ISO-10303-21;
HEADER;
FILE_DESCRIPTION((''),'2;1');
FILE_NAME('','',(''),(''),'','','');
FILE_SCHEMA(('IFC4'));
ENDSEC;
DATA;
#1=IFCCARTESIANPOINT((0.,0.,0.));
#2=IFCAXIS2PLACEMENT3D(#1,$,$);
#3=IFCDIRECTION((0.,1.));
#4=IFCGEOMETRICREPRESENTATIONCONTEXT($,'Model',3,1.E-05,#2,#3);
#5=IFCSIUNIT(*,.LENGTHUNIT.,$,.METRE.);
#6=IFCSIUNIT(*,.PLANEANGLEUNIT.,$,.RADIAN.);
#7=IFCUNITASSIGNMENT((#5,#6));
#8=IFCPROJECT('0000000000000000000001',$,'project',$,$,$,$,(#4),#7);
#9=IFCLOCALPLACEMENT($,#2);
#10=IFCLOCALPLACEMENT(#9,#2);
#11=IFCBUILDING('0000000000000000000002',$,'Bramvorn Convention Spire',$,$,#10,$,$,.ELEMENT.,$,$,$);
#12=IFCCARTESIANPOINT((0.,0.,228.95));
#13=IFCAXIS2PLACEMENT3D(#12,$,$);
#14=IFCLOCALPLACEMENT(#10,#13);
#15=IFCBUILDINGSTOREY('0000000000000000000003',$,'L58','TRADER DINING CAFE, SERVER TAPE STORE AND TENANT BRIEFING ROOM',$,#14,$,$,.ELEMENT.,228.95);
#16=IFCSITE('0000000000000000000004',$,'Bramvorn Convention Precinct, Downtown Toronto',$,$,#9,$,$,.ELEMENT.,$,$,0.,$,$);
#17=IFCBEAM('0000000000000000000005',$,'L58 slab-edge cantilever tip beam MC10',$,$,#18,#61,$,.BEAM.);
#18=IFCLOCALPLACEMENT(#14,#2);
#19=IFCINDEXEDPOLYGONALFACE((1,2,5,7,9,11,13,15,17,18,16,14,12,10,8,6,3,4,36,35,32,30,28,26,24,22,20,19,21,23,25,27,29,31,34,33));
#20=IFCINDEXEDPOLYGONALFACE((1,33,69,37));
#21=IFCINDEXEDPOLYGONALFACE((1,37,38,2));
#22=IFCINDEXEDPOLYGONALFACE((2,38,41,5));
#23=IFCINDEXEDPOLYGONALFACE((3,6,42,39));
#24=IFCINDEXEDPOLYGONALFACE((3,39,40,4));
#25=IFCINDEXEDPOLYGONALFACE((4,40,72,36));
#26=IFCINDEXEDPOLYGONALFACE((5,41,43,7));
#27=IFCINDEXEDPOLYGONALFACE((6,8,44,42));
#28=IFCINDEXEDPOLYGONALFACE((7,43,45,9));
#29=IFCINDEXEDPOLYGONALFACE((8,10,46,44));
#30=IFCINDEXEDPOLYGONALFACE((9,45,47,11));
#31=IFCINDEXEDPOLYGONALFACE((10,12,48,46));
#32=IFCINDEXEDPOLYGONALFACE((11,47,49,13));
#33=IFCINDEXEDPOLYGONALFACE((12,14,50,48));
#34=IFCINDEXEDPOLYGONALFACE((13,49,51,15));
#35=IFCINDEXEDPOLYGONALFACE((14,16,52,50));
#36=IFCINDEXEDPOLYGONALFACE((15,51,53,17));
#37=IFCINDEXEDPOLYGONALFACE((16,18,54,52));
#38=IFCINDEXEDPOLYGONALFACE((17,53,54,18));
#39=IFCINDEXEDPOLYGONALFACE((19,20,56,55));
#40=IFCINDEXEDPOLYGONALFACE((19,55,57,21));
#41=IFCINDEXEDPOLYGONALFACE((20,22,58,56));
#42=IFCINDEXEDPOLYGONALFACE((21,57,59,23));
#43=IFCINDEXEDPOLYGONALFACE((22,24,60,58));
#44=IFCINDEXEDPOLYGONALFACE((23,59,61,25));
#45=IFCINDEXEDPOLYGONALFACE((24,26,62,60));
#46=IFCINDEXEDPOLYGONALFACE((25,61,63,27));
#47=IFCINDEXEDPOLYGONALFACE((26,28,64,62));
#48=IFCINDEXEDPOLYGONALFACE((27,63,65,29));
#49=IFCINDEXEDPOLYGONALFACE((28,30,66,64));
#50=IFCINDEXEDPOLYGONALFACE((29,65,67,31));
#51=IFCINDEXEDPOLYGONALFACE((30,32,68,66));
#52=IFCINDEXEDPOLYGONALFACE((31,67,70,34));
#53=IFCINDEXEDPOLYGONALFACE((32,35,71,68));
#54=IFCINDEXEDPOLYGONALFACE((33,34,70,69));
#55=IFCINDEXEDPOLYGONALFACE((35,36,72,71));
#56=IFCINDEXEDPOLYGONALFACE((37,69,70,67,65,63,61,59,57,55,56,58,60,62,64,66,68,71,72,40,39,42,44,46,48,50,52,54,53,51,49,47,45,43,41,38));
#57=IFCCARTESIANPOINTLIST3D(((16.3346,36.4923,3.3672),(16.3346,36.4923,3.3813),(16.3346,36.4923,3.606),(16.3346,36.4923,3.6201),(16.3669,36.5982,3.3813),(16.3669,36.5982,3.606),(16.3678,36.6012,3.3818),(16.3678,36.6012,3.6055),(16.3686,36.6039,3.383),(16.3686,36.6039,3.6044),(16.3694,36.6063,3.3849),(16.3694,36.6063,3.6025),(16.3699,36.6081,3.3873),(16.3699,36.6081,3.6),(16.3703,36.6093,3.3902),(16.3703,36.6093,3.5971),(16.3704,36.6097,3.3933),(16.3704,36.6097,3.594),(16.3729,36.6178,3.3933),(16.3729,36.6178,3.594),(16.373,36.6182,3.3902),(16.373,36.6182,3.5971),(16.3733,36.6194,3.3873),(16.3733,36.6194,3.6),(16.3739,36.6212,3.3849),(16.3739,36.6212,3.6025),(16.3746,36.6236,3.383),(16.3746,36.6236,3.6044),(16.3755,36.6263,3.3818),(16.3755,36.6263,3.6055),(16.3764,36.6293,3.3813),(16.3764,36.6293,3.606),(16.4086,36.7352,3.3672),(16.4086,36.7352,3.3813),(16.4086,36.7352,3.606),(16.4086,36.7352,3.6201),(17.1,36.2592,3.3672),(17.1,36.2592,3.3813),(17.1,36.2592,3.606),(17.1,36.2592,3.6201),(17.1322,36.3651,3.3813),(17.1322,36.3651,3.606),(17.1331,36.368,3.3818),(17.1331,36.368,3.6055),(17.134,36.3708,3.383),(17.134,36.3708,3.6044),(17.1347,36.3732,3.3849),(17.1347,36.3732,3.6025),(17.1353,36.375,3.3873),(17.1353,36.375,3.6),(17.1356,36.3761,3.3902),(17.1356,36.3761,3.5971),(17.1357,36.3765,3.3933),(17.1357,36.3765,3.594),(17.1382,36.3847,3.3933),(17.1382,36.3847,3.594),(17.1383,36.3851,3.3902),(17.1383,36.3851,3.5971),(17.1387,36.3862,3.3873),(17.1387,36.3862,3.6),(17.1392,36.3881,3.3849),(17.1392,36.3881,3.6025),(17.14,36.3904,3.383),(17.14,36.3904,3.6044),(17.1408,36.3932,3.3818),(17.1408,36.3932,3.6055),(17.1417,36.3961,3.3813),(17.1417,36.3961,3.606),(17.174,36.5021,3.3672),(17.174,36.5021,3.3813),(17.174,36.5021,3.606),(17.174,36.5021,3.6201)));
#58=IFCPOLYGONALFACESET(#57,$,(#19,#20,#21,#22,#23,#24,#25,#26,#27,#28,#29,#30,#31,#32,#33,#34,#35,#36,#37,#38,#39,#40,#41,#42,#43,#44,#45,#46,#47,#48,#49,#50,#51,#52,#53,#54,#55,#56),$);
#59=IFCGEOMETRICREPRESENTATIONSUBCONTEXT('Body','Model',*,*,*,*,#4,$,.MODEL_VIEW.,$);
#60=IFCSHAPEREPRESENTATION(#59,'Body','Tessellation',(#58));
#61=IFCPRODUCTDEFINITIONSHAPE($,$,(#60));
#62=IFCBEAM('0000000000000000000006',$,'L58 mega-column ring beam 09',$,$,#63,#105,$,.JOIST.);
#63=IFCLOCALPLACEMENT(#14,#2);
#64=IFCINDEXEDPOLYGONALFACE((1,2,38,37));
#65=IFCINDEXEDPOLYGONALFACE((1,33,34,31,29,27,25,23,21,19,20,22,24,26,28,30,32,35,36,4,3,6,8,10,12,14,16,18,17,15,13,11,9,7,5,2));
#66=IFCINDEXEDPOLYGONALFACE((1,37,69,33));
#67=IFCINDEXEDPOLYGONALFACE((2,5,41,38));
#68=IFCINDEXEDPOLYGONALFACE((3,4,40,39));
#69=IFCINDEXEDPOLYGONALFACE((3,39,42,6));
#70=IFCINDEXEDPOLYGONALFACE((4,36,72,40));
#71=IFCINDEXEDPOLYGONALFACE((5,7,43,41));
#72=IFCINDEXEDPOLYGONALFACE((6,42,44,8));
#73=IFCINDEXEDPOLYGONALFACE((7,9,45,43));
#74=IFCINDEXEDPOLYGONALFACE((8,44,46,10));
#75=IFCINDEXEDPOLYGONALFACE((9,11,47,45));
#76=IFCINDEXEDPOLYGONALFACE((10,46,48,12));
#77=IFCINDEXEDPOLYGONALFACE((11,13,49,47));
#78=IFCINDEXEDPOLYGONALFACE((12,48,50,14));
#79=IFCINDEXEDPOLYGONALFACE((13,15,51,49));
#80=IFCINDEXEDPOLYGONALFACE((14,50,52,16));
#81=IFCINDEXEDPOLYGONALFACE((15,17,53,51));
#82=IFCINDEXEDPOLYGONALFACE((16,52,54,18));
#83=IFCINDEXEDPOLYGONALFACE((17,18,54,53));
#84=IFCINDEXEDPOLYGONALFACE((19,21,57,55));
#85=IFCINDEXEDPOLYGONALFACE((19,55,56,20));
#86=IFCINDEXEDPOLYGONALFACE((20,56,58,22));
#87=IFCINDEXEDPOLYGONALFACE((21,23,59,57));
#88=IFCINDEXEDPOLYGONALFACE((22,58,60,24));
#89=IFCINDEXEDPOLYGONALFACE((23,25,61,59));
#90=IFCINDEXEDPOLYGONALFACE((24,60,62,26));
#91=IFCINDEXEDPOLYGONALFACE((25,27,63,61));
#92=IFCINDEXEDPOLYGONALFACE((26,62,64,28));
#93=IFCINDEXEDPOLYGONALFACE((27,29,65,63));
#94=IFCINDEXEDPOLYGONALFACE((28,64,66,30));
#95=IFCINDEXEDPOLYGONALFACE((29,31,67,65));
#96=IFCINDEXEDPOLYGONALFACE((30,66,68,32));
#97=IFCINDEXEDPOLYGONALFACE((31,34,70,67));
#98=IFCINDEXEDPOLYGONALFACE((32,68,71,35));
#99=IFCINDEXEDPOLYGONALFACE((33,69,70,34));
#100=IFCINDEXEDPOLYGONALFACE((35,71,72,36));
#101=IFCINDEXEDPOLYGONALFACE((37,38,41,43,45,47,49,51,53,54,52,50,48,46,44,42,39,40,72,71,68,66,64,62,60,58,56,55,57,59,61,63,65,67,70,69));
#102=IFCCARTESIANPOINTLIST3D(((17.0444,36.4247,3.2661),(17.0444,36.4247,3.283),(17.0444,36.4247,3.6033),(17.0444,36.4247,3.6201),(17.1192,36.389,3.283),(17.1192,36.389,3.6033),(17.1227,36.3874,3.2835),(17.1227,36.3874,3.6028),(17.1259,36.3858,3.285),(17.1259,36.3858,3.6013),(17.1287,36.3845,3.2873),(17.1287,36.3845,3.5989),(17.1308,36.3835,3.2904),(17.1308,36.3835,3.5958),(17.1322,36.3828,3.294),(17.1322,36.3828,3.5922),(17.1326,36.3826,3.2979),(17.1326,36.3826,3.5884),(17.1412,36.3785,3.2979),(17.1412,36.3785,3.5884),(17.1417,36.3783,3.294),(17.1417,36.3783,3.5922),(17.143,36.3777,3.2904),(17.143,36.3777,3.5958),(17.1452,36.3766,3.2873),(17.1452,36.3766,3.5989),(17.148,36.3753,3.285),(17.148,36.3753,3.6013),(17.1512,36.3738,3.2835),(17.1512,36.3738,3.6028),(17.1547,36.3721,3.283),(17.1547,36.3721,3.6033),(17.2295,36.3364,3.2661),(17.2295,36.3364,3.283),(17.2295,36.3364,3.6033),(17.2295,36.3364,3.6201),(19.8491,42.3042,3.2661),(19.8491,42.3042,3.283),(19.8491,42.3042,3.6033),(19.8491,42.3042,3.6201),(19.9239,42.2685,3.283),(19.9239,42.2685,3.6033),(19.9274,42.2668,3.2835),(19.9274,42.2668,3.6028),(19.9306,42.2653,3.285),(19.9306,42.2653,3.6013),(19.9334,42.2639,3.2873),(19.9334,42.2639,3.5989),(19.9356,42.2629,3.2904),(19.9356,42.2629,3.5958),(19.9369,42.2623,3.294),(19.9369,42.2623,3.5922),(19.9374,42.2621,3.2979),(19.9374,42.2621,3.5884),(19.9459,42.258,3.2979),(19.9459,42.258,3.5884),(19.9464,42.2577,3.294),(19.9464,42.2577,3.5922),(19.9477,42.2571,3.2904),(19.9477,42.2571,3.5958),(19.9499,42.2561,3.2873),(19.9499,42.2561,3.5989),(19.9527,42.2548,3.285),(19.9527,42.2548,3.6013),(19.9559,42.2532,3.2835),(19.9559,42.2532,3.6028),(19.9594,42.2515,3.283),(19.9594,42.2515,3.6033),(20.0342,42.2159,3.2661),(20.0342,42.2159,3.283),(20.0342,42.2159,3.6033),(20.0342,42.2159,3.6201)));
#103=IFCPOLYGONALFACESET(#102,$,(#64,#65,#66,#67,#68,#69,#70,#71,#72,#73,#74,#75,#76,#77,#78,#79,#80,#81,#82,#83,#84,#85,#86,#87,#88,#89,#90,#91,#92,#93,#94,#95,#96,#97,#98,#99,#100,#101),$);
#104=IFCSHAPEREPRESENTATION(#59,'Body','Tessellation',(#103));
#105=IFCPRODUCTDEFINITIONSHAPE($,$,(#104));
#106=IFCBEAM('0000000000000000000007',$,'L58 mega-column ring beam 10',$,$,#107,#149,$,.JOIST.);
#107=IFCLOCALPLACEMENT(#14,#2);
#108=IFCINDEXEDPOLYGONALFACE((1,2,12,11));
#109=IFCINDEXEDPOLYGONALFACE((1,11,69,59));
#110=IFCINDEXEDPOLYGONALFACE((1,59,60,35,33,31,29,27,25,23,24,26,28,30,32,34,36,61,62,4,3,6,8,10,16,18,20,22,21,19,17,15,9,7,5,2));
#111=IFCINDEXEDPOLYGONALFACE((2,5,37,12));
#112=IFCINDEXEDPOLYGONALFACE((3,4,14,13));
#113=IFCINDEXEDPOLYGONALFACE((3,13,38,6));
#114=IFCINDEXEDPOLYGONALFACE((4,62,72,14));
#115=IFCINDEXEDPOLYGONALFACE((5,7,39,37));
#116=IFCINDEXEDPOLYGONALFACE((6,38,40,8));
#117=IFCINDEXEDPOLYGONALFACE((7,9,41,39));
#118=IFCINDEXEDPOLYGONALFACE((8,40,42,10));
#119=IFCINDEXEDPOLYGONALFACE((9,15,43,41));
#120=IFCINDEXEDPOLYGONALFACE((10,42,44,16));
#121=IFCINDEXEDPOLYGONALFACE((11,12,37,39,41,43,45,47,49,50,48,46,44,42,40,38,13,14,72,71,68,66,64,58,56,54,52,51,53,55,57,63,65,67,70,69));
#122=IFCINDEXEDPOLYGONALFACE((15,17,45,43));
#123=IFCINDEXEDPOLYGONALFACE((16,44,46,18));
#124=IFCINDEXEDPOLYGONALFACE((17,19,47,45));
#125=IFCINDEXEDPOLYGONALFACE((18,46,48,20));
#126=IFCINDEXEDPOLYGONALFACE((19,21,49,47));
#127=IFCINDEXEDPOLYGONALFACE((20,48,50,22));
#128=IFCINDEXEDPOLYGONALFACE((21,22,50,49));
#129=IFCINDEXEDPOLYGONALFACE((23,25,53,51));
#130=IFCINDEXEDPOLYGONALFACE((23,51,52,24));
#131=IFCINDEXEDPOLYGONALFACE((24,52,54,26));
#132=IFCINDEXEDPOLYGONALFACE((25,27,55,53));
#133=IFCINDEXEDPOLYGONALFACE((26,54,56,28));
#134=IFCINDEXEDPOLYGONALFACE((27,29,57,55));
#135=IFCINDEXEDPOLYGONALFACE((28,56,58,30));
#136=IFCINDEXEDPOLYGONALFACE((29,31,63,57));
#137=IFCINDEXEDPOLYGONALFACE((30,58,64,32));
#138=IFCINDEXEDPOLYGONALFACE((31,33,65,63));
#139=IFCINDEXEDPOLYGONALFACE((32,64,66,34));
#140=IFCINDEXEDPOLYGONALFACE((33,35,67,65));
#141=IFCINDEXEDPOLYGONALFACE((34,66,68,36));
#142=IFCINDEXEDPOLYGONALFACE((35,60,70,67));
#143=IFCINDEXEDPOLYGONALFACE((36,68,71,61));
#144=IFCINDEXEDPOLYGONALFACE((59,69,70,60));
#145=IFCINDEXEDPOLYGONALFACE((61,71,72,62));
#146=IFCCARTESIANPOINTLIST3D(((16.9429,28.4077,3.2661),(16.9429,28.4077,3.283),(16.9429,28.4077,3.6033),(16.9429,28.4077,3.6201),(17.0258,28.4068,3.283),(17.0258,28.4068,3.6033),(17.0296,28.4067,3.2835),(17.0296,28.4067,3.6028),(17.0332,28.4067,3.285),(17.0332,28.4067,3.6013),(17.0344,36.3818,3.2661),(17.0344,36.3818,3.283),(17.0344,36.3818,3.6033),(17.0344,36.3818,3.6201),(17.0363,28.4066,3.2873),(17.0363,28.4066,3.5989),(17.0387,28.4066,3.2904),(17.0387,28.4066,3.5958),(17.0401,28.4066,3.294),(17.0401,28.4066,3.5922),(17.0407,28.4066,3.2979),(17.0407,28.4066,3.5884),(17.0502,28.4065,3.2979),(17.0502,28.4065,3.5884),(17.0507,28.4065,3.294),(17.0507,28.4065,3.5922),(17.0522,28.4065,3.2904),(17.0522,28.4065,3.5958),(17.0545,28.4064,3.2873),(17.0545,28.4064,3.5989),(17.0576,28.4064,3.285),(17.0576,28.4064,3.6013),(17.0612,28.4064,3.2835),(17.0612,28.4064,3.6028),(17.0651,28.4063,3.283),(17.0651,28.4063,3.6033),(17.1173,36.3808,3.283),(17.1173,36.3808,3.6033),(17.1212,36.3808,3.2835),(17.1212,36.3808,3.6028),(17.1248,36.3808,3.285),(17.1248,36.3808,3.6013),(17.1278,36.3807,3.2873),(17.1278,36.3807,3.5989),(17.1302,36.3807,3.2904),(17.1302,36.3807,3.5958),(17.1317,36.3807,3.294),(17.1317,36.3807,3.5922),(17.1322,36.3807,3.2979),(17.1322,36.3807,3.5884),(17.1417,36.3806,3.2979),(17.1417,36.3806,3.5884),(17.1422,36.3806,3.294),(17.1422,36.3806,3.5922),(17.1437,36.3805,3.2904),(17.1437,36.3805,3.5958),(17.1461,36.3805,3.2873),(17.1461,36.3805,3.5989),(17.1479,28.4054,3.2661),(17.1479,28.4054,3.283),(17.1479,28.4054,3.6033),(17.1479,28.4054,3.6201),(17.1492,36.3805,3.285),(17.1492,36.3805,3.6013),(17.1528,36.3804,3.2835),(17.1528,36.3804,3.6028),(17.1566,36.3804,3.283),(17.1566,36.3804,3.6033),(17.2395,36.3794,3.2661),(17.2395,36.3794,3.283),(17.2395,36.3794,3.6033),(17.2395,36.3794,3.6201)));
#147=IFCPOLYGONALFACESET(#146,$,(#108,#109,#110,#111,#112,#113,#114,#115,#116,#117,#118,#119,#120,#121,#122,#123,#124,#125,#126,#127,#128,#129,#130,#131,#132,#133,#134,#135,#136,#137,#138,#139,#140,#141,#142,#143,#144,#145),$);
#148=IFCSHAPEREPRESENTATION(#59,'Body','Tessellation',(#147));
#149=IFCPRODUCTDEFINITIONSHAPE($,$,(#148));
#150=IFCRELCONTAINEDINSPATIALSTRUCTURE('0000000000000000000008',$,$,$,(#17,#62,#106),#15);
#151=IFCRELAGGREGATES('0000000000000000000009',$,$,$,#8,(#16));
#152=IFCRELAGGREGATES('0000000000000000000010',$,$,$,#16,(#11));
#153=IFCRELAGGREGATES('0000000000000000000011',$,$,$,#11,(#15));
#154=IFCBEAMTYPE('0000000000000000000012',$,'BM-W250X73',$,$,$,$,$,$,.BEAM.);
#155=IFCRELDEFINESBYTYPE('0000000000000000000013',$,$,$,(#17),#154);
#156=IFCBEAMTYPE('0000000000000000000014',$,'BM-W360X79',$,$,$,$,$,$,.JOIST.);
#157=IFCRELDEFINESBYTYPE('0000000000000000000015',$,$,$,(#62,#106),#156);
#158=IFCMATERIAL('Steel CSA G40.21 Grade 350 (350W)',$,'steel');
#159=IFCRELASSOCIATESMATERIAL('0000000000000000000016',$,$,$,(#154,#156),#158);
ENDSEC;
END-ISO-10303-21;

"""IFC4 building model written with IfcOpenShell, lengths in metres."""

from ifc_helpers import new_model, si_unit, direction, frame, origin, origin_2d, place, context, subcontext, project, spatial, i_section, extrude, material, material_profile, profile_set, type_object, element, save


model = new_model("IFC4")

# Units and contexts
model_context = context("Model", 3, precision=1e-05, world=origin(), true_north=direction((0.0, 1.0)))
body_context = subcontext(model_context, "Body", "Model", "MODEL_VIEW")
ifc_project = project(units=[si_unit("LENGTHUNIT", "METRE"), si_unit("PLANEANGLEUNIT", "RADIAN")], contexts=[model_context])

# Site, building, storey
site_placement = place(None, origin())
site = spatial("IfcSite", under=ifc_project, at=site_placement, Name="Bramvorn Convention Precinct, Downtown Toronto", CompositionType="ELEMENT", RefElevation=0.0)
building_placement = place(site_placement, origin())
building = spatial("IfcBuilding", under=site, at=building_placement, Name="Bramvorn Convention Spire", CompositionType="ELEMENT")
storey_placement = place(building_placement, frame((0.0, 0.0, 228.95)))
storey = spatial("IfcBuildingStorey", under=building, at=storey_placement, Name="L58", Description="TRADER DINING CAFE, SERVER TAPE STORE AND TENANT BRIEFING ROOM", CompositionType="ELEMENT", Elevation=228.95)

# Shared definitions
ifc_material_1 = material(Name="Steel CSA G40.21 Grade 350 (350W)", Category="steel")

# Beams
ifc_material_profile_1 = material_profile(ifc_material_1, i_section(OverallWidth=0.2539, OverallDepth=0.2529, WebThickness=0.0085, FlangeThickness=0.0142, FilletRadius=0.012, at=origin_2d()))
ifc_profile_set_1 = profile_set([ifc_material_profile_1], Name="Steel CSA G40.21 Grade 350 (350W) - W250X73")
beam_type_1 = type_object("IfcBeamType", Name="BM-W250X73", PredefinedType="BEAM", material=ifc_profile_set_1)
beam_1_placement = place(storey_placement, frame((17.137, 36.3806, 3.4937), z_axis=(-0.9566, 0.291404, 0.0), x_axis=(-0.291404, -0.9566, 0.0)))
element("IfcBeam", 1, at=beam_1_placement, inside=storey, type_object=beam_type_1, Name="L58 slab-edge cantilever tip beam MC10", PredefinedType="BEAM", context=body_context, shape_type="SweptSolid", body=[
    extrude(i_section(OverallWidth=0.2539, OverallDepth=0.2529, WebThickness=0.0085, FlangeThickness=0.0142, FilletRadius=0.012, at=origin_2d()), origin(), (0.0, 0.0, 1.0), 0.8),
])
ifc_material_profile_2 = material_profile(ifc_material_1, i_section(OverallWidth=0.2051, OverallDepth=0.354, WebThickness=0.0095, FlangeThickness=0.0168, FilletRadius=0.0149, at=origin_2d()))
ifc_profile_set_2 = profile_set([ifc_material_profile_2], Name="Steel CSA G40.21 Grade 350 (350W) - W360X79")
beam_type_2 = type_object("IfcBeamType", Name="BM-W360X79", PredefinedType="JOIST", material=ifc_profile_set_2)
beam_2_placement = place(storey_placement, frame((19.9417, 42.26, 3.4431), z_axis=(-0.430556, -0.902564, 0.0), x_axis=(0.902564, -0.430556, 0.0)))
element("IfcBeam", 2, at=beam_2_placement, inside=storey, type_object=beam_type_2, Name="L58 mega-column ring beam 09", PredefinedType="JOIST", context=body_context, shape_type="SweptSolid", body=[
    extrude(i_section(OverallWidth=0.2051, OverallDepth=0.354, WebThickness=0.0095, FlangeThickness=0.0168, FilletRadius=0.0149, at=origin_2d()), origin(), (0.0, 0.0, 1.0), 6.5142),
])
beam_3_placement = place(storey_placement, frame((17.137, 36.3806, 3.4431), z_axis=(-0.01148, -0.999934, 0.0), x_axis=(0.999934, -0.01148, 0.0)))
element("IfcBeam", 3, at=beam_3_placement, inside=storey, type_object=beam_type_2, Name="L58 mega-column ring beam 10", PredefinedType="JOIST", context=body_context, shape_type="SweptSolid", body=[
    extrude(i_section(OverallWidth=0.2051, OverallDepth=0.354, WebThickness=0.0095, FlangeThickness=0.0168, FilletRadius=0.0149, at=origin_2d()), origin(), (0.0, 0.0, 1.0), 7.9746),
])

save(model, "model.ifc")
